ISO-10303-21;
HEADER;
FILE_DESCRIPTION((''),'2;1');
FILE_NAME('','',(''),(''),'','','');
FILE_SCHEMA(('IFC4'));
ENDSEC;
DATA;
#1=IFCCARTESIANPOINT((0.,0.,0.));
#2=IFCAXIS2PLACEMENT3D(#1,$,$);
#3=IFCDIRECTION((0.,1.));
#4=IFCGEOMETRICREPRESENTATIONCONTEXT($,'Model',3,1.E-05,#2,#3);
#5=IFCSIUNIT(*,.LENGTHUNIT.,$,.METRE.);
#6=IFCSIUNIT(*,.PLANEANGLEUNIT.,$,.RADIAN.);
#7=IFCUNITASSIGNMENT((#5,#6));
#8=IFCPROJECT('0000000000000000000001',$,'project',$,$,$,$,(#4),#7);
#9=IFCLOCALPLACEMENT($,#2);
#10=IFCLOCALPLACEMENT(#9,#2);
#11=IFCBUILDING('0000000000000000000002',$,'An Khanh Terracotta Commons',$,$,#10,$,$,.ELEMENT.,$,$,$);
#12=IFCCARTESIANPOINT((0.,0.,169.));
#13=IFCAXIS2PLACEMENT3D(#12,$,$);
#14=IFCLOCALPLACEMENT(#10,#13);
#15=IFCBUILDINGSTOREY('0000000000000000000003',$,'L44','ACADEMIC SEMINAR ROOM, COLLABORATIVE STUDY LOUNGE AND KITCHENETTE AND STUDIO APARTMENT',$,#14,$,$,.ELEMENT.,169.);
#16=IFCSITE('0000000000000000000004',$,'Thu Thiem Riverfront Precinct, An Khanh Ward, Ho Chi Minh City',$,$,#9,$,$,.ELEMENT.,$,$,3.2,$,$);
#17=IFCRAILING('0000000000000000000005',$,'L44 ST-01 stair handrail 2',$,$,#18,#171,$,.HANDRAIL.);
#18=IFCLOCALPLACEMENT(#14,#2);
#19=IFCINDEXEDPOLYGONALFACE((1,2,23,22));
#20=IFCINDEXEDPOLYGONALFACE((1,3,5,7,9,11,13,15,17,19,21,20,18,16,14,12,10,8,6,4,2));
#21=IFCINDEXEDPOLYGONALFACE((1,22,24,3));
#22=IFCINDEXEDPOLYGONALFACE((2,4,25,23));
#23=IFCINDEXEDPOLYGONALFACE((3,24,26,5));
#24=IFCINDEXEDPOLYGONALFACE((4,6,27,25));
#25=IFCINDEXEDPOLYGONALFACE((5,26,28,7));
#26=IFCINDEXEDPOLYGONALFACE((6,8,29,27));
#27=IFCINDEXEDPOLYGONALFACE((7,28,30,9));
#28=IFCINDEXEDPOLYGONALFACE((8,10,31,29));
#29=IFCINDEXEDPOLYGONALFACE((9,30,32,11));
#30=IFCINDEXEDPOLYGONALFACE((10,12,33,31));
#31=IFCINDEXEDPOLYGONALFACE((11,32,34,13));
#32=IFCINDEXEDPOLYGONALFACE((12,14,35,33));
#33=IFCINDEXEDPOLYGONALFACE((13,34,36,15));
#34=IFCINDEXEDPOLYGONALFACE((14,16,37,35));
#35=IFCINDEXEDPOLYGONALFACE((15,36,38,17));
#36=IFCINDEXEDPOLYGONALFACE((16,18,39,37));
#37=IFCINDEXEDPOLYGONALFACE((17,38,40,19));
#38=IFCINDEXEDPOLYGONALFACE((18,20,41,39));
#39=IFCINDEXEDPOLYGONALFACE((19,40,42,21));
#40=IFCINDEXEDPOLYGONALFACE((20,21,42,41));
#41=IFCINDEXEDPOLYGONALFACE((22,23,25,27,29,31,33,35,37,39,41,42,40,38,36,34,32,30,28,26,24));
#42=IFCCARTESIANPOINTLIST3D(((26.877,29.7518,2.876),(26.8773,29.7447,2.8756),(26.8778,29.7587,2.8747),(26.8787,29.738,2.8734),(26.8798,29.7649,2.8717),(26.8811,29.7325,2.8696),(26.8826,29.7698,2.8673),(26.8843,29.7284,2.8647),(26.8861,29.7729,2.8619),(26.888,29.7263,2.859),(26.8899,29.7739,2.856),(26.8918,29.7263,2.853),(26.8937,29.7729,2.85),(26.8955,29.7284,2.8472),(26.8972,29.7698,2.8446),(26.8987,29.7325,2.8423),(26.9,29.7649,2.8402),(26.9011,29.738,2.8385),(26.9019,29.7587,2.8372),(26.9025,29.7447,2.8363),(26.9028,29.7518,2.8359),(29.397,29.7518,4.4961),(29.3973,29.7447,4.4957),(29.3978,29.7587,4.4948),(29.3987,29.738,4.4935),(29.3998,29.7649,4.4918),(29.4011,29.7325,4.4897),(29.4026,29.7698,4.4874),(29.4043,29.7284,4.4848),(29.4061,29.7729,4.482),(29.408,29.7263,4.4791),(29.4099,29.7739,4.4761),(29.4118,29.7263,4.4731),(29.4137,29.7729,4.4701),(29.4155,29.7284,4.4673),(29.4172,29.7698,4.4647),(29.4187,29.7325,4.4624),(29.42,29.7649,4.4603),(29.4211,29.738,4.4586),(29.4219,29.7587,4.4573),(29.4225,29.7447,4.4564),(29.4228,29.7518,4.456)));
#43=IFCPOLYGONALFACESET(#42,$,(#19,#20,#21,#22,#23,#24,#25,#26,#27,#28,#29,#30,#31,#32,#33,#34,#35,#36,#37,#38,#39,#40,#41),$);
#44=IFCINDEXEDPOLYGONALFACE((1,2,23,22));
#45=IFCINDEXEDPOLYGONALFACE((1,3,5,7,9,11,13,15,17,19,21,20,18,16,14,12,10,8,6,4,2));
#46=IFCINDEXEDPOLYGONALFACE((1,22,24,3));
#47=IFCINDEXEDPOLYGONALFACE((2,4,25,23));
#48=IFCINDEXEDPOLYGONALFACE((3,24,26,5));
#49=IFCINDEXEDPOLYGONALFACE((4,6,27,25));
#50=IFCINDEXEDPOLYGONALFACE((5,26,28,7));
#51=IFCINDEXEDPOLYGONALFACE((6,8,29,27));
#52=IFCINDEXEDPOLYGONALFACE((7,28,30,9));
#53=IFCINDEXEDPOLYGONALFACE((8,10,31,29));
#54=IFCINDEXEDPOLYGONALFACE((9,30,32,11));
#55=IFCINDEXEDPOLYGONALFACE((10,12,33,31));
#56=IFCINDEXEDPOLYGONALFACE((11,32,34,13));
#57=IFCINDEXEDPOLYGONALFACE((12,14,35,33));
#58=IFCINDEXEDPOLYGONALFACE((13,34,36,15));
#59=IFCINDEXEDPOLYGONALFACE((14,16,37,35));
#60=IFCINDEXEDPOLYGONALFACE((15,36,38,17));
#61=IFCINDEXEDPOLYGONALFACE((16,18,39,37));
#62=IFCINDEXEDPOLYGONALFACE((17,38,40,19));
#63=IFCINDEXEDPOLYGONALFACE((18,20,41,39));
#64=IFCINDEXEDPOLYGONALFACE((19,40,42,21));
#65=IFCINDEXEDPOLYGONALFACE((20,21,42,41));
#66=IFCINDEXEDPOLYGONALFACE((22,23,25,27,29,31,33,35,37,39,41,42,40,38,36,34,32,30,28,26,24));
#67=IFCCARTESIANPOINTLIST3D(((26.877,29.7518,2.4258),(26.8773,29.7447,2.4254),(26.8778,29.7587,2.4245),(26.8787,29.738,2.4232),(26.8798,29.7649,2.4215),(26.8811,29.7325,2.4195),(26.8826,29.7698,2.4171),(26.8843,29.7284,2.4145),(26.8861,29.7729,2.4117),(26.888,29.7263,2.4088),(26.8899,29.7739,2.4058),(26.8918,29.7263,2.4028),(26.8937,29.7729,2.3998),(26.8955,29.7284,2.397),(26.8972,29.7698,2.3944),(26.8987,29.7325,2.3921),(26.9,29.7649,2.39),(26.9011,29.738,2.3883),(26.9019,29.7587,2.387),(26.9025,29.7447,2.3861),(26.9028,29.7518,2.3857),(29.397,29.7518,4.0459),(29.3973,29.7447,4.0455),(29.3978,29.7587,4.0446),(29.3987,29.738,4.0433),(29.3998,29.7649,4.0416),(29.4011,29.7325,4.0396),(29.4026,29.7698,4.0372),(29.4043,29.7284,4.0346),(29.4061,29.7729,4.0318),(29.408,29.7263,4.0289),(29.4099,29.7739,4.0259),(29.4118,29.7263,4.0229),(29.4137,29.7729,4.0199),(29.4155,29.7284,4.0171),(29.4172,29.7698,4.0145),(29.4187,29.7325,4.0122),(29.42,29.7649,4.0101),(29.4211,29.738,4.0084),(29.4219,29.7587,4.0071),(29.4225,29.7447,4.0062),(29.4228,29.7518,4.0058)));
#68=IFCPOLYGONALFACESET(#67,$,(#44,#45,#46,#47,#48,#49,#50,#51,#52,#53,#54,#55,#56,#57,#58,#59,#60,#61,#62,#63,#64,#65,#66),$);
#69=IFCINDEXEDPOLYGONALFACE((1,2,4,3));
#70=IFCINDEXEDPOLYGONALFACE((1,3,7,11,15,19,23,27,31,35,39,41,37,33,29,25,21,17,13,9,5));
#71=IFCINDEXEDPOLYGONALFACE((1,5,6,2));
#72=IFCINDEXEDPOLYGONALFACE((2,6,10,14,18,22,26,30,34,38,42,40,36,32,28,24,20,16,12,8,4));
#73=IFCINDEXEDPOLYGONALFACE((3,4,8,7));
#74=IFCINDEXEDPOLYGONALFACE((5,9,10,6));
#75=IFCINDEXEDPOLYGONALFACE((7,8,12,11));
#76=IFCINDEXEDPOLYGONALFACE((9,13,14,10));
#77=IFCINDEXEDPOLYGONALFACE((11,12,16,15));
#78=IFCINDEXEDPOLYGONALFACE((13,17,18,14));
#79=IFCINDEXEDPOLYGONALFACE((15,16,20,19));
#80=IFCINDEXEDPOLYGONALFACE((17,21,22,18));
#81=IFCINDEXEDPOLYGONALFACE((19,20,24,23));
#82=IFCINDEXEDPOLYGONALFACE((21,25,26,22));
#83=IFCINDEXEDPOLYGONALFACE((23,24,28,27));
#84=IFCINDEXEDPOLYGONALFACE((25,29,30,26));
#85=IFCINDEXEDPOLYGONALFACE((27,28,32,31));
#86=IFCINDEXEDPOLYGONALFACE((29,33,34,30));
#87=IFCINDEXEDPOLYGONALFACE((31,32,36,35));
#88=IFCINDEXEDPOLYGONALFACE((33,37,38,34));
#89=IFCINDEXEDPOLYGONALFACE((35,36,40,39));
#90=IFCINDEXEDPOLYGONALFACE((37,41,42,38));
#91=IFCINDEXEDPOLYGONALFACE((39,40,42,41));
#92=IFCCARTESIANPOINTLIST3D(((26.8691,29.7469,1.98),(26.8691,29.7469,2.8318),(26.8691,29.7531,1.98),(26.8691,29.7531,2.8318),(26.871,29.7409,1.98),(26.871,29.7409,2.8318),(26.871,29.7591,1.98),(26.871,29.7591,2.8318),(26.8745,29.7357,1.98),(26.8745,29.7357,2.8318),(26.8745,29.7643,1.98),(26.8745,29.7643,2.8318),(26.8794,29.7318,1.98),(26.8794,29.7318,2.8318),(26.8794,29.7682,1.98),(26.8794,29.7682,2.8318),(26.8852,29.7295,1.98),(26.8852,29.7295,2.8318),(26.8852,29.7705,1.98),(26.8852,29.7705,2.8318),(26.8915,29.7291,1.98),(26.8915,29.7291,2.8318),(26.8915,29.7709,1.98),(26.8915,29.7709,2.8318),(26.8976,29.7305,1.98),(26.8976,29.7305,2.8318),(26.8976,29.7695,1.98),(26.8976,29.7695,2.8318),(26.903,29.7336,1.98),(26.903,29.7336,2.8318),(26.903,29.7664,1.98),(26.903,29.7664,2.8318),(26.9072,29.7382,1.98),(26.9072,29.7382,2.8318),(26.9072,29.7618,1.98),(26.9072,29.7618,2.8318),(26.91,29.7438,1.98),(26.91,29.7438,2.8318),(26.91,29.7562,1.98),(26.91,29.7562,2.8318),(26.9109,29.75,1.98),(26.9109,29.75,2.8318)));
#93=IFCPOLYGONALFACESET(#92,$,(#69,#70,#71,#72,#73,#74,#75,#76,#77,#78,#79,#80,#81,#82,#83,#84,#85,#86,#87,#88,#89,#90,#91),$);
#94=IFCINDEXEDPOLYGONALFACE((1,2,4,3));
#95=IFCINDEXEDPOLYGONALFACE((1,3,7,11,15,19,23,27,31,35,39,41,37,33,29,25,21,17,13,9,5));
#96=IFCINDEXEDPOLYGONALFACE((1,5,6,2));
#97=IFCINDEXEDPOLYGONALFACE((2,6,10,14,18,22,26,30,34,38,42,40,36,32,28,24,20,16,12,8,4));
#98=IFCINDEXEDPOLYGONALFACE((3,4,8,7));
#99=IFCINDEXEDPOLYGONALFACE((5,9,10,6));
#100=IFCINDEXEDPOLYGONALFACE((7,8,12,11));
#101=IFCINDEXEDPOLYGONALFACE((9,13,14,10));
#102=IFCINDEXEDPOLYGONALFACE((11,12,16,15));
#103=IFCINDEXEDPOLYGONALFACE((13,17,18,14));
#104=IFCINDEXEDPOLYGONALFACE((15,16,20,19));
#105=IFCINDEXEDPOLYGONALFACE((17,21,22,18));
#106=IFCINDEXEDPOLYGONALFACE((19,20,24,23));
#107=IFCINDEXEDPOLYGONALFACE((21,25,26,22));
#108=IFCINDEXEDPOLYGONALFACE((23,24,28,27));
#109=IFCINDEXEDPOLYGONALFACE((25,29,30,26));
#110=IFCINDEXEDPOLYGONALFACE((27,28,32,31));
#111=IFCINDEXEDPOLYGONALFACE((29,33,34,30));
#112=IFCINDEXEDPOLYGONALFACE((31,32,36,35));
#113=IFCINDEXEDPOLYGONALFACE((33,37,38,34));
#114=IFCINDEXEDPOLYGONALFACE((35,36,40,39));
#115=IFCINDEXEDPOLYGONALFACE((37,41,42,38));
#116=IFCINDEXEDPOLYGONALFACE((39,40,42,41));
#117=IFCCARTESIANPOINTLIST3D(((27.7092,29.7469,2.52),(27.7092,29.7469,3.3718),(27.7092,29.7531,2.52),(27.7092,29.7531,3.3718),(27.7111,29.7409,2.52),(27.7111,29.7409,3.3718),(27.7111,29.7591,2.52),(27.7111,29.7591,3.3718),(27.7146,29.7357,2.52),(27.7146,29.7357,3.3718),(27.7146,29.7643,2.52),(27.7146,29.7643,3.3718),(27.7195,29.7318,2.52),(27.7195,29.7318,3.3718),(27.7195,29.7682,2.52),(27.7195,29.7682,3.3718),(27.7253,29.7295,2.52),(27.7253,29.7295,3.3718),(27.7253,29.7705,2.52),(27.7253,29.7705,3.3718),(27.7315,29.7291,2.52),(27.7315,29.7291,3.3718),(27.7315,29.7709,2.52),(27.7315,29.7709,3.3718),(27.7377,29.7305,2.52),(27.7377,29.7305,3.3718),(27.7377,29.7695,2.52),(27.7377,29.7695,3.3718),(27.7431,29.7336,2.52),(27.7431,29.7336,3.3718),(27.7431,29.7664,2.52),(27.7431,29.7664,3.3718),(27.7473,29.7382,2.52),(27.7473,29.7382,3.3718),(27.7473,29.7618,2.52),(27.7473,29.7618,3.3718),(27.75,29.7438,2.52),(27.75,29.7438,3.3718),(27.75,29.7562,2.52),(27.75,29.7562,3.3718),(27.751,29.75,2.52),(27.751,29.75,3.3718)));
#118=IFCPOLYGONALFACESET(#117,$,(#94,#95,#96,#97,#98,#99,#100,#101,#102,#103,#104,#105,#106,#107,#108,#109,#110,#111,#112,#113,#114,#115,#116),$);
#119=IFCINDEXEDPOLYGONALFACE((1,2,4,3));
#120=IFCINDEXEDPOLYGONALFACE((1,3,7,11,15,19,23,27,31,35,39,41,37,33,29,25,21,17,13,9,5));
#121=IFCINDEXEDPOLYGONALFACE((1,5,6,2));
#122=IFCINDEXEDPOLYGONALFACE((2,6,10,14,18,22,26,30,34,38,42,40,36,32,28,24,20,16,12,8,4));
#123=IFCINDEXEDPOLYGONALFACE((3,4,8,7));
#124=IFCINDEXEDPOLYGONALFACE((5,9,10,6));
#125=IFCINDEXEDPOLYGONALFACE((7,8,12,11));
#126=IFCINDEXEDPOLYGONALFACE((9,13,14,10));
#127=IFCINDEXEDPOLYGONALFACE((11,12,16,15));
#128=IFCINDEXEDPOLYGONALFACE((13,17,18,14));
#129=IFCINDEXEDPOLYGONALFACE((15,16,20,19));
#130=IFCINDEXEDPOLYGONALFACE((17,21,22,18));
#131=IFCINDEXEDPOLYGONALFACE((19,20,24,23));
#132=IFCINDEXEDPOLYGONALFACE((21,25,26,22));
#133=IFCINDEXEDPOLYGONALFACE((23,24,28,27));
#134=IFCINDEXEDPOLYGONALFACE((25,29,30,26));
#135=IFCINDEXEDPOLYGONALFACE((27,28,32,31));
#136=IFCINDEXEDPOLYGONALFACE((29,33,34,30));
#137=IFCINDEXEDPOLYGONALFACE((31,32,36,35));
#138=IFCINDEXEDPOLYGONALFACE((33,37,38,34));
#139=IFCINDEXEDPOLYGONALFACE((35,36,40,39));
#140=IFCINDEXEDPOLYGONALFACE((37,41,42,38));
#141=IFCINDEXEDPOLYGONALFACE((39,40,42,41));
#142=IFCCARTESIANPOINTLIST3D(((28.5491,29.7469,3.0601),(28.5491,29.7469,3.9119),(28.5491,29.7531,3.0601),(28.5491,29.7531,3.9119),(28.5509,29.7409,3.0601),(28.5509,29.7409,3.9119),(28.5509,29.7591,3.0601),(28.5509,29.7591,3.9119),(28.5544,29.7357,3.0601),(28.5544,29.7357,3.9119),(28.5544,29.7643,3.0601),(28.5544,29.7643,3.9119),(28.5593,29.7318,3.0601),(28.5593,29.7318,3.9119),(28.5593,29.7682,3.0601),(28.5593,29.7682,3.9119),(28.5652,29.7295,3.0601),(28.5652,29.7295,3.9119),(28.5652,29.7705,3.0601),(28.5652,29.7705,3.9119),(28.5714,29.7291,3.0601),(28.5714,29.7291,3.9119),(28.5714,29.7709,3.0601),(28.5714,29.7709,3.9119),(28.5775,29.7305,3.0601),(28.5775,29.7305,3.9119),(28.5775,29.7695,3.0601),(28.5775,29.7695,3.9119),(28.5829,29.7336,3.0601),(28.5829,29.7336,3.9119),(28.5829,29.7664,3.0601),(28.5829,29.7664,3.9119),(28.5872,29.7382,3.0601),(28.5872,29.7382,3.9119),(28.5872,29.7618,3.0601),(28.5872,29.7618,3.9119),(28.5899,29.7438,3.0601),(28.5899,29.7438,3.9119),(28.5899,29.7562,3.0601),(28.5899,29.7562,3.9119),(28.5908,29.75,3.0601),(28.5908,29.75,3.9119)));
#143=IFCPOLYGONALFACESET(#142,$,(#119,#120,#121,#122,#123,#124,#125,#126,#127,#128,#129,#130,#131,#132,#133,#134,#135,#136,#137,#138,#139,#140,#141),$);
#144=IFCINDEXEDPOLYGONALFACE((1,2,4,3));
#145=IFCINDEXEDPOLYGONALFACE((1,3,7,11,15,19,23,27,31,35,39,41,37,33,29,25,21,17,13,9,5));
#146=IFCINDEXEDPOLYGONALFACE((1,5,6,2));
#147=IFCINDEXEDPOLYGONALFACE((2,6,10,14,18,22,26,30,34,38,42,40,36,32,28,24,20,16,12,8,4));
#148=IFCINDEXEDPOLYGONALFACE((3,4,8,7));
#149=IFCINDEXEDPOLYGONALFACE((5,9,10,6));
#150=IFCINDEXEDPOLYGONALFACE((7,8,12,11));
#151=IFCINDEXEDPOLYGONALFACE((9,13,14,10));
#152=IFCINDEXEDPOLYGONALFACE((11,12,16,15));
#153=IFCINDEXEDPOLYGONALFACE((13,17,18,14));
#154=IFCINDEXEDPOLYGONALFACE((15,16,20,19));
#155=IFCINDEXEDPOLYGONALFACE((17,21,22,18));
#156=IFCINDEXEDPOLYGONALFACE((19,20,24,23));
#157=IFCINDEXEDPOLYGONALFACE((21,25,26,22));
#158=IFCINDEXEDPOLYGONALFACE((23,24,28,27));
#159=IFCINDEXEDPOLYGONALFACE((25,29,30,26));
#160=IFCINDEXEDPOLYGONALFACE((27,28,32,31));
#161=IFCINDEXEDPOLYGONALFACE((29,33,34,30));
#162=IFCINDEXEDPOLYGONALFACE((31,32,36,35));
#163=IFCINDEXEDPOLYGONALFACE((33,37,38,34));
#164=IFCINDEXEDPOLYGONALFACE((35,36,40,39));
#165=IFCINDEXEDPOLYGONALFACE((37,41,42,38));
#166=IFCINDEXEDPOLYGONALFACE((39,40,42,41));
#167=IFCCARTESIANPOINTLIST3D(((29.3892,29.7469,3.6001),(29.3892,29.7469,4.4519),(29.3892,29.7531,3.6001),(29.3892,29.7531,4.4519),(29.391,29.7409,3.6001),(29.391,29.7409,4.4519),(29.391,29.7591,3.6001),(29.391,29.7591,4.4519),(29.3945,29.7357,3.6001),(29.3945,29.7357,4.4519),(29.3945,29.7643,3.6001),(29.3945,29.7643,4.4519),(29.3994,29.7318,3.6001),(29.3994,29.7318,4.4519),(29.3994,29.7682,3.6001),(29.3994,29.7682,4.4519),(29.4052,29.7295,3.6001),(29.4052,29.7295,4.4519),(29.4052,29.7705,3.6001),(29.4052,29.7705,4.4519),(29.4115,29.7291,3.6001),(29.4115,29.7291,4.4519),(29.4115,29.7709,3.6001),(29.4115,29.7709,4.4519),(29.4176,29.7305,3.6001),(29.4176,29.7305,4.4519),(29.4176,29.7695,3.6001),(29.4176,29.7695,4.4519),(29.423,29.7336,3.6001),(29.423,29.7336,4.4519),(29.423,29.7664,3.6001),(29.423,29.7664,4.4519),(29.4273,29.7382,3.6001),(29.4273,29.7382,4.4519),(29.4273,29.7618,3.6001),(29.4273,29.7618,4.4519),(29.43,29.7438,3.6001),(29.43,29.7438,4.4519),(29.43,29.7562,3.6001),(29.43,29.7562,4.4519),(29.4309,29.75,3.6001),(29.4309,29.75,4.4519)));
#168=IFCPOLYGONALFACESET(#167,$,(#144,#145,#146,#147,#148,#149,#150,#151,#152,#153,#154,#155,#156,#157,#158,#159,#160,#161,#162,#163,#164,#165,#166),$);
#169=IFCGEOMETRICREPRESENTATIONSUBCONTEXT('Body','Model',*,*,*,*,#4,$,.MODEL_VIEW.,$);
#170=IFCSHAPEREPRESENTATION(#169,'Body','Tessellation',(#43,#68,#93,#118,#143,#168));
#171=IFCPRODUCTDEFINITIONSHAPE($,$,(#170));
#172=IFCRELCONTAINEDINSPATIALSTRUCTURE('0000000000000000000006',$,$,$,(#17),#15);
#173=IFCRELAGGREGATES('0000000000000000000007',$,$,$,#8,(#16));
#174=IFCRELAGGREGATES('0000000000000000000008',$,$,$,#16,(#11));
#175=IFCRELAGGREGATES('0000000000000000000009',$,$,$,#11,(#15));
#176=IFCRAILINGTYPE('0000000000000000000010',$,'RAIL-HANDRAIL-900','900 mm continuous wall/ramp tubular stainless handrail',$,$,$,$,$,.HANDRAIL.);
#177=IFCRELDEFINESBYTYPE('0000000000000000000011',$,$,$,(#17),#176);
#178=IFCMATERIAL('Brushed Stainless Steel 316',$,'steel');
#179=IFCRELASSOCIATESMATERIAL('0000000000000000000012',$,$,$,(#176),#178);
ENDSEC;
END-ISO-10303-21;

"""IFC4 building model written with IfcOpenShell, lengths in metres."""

from ifc_helpers import new_model, si_unit, direction, frame, origin, origin_2d, place, context, subcontext, project, spatial, circle, extrude, material, type_object, element, save


model = new_model("IFC4")

# Units and contexts
model_context = context("Model", 3, precision=1e-05, world=origin(), true_north=direction((0.0, 1.0)))
body_context = subcontext(model_context, "Body", "Model", "MODEL_VIEW")
ifc_project = project(units=[si_unit("LENGTHUNIT", "METRE"), si_unit("PLANEANGLEUNIT", "RADIAN")], contexts=[model_context])

# Site, building, storey
site_placement = place(None, origin())
site = spatial("IfcSite", under=ifc_project, at=site_placement, Name="Thu Thiem Riverfront Precinct, An Khanh Ward, Ho Chi Minh City", CompositionType="ELEMENT", RefElevation=3.2)
building_placement = place(site_placement, origin())
building = spatial("IfcBuilding", under=site, at=building_placement, Name="An Khanh Terracotta Commons", CompositionType="ELEMENT")
storey_placement = place(building_placement, frame((0.0, 0.0, 169.0)))
storey = spatial("IfcBuildingStorey", under=building, at=storey_placement, Name="L44", Description="ACADEMIC SEMINAR ROOM, COLLABORATIVE STUDY LOUNGE AND KITCHENETTE AND STUDIO APARTMENT", CompositionType="ELEMENT", Elevation=169.0)

# Railing
ifc_material_1 = material(Name="Brushed Stainless Steel 316", Category="steel")
railing_type_1 = type_object("IfcRailingType", Name="RAIL-HANDRAIL-900", Description="900 mm continuous wall/ramp tubular stainless handrail", PredefinedType="HANDRAIL", material=ifc_material_1)
railing_1_placement = place(storey_placement, frame((26.8899, 29.75, 1.98)))
element("IfcRailing", 1, at=railing_1_placement, inside=storey, type_object=railing_type_1, Name="L44 ST-01 stair handrail 2", PredefinedType="HANDRAIL", context=body_context, shape_type="SweptSolid", body=[
    extrude(circle(Radius=0.0239, at=origin_2d()), frame((0.0, 0.0, 0.876), z_axis=(0.841163, 0.0, 0.540782), x_axis=(0.0, 1.0, 0.0)), (0.0, 0.0, 1.0), 2.9958),
    extrude(circle(Radius=0.0239, at=origin_2d()), frame((0.0, 0.0, 0.4258), z_axis=(0.841163, 0.0, 0.540782), x_axis=(0.0, 1.0, 0.0)), (0.0, 0.0, 1.0), 2.9958),
    extrude(circle(Radius=0.021, at=origin_2d()), origin(), (0.0, 0.0, 1.0), 0.8518),
    extrude(circle(Radius=0.021, at=origin_2d()), frame((0.8401, 0.0, 0.54)), (0.0, 0.0, 1.0), 0.8518),
    extrude(circle(Radius=0.021, at=origin_2d()), frame((1.6799, 0.0, 1.0801)), (0.0, 0.0, 1.0), 0.8518),
    extrude(circle(Radius=0.021, at=origin_2d()), frame((2.52, 0.0, 1.6201)), (0.0, 0.0, 1.0), 0.8518),
])

save(model, "model.ifc")
